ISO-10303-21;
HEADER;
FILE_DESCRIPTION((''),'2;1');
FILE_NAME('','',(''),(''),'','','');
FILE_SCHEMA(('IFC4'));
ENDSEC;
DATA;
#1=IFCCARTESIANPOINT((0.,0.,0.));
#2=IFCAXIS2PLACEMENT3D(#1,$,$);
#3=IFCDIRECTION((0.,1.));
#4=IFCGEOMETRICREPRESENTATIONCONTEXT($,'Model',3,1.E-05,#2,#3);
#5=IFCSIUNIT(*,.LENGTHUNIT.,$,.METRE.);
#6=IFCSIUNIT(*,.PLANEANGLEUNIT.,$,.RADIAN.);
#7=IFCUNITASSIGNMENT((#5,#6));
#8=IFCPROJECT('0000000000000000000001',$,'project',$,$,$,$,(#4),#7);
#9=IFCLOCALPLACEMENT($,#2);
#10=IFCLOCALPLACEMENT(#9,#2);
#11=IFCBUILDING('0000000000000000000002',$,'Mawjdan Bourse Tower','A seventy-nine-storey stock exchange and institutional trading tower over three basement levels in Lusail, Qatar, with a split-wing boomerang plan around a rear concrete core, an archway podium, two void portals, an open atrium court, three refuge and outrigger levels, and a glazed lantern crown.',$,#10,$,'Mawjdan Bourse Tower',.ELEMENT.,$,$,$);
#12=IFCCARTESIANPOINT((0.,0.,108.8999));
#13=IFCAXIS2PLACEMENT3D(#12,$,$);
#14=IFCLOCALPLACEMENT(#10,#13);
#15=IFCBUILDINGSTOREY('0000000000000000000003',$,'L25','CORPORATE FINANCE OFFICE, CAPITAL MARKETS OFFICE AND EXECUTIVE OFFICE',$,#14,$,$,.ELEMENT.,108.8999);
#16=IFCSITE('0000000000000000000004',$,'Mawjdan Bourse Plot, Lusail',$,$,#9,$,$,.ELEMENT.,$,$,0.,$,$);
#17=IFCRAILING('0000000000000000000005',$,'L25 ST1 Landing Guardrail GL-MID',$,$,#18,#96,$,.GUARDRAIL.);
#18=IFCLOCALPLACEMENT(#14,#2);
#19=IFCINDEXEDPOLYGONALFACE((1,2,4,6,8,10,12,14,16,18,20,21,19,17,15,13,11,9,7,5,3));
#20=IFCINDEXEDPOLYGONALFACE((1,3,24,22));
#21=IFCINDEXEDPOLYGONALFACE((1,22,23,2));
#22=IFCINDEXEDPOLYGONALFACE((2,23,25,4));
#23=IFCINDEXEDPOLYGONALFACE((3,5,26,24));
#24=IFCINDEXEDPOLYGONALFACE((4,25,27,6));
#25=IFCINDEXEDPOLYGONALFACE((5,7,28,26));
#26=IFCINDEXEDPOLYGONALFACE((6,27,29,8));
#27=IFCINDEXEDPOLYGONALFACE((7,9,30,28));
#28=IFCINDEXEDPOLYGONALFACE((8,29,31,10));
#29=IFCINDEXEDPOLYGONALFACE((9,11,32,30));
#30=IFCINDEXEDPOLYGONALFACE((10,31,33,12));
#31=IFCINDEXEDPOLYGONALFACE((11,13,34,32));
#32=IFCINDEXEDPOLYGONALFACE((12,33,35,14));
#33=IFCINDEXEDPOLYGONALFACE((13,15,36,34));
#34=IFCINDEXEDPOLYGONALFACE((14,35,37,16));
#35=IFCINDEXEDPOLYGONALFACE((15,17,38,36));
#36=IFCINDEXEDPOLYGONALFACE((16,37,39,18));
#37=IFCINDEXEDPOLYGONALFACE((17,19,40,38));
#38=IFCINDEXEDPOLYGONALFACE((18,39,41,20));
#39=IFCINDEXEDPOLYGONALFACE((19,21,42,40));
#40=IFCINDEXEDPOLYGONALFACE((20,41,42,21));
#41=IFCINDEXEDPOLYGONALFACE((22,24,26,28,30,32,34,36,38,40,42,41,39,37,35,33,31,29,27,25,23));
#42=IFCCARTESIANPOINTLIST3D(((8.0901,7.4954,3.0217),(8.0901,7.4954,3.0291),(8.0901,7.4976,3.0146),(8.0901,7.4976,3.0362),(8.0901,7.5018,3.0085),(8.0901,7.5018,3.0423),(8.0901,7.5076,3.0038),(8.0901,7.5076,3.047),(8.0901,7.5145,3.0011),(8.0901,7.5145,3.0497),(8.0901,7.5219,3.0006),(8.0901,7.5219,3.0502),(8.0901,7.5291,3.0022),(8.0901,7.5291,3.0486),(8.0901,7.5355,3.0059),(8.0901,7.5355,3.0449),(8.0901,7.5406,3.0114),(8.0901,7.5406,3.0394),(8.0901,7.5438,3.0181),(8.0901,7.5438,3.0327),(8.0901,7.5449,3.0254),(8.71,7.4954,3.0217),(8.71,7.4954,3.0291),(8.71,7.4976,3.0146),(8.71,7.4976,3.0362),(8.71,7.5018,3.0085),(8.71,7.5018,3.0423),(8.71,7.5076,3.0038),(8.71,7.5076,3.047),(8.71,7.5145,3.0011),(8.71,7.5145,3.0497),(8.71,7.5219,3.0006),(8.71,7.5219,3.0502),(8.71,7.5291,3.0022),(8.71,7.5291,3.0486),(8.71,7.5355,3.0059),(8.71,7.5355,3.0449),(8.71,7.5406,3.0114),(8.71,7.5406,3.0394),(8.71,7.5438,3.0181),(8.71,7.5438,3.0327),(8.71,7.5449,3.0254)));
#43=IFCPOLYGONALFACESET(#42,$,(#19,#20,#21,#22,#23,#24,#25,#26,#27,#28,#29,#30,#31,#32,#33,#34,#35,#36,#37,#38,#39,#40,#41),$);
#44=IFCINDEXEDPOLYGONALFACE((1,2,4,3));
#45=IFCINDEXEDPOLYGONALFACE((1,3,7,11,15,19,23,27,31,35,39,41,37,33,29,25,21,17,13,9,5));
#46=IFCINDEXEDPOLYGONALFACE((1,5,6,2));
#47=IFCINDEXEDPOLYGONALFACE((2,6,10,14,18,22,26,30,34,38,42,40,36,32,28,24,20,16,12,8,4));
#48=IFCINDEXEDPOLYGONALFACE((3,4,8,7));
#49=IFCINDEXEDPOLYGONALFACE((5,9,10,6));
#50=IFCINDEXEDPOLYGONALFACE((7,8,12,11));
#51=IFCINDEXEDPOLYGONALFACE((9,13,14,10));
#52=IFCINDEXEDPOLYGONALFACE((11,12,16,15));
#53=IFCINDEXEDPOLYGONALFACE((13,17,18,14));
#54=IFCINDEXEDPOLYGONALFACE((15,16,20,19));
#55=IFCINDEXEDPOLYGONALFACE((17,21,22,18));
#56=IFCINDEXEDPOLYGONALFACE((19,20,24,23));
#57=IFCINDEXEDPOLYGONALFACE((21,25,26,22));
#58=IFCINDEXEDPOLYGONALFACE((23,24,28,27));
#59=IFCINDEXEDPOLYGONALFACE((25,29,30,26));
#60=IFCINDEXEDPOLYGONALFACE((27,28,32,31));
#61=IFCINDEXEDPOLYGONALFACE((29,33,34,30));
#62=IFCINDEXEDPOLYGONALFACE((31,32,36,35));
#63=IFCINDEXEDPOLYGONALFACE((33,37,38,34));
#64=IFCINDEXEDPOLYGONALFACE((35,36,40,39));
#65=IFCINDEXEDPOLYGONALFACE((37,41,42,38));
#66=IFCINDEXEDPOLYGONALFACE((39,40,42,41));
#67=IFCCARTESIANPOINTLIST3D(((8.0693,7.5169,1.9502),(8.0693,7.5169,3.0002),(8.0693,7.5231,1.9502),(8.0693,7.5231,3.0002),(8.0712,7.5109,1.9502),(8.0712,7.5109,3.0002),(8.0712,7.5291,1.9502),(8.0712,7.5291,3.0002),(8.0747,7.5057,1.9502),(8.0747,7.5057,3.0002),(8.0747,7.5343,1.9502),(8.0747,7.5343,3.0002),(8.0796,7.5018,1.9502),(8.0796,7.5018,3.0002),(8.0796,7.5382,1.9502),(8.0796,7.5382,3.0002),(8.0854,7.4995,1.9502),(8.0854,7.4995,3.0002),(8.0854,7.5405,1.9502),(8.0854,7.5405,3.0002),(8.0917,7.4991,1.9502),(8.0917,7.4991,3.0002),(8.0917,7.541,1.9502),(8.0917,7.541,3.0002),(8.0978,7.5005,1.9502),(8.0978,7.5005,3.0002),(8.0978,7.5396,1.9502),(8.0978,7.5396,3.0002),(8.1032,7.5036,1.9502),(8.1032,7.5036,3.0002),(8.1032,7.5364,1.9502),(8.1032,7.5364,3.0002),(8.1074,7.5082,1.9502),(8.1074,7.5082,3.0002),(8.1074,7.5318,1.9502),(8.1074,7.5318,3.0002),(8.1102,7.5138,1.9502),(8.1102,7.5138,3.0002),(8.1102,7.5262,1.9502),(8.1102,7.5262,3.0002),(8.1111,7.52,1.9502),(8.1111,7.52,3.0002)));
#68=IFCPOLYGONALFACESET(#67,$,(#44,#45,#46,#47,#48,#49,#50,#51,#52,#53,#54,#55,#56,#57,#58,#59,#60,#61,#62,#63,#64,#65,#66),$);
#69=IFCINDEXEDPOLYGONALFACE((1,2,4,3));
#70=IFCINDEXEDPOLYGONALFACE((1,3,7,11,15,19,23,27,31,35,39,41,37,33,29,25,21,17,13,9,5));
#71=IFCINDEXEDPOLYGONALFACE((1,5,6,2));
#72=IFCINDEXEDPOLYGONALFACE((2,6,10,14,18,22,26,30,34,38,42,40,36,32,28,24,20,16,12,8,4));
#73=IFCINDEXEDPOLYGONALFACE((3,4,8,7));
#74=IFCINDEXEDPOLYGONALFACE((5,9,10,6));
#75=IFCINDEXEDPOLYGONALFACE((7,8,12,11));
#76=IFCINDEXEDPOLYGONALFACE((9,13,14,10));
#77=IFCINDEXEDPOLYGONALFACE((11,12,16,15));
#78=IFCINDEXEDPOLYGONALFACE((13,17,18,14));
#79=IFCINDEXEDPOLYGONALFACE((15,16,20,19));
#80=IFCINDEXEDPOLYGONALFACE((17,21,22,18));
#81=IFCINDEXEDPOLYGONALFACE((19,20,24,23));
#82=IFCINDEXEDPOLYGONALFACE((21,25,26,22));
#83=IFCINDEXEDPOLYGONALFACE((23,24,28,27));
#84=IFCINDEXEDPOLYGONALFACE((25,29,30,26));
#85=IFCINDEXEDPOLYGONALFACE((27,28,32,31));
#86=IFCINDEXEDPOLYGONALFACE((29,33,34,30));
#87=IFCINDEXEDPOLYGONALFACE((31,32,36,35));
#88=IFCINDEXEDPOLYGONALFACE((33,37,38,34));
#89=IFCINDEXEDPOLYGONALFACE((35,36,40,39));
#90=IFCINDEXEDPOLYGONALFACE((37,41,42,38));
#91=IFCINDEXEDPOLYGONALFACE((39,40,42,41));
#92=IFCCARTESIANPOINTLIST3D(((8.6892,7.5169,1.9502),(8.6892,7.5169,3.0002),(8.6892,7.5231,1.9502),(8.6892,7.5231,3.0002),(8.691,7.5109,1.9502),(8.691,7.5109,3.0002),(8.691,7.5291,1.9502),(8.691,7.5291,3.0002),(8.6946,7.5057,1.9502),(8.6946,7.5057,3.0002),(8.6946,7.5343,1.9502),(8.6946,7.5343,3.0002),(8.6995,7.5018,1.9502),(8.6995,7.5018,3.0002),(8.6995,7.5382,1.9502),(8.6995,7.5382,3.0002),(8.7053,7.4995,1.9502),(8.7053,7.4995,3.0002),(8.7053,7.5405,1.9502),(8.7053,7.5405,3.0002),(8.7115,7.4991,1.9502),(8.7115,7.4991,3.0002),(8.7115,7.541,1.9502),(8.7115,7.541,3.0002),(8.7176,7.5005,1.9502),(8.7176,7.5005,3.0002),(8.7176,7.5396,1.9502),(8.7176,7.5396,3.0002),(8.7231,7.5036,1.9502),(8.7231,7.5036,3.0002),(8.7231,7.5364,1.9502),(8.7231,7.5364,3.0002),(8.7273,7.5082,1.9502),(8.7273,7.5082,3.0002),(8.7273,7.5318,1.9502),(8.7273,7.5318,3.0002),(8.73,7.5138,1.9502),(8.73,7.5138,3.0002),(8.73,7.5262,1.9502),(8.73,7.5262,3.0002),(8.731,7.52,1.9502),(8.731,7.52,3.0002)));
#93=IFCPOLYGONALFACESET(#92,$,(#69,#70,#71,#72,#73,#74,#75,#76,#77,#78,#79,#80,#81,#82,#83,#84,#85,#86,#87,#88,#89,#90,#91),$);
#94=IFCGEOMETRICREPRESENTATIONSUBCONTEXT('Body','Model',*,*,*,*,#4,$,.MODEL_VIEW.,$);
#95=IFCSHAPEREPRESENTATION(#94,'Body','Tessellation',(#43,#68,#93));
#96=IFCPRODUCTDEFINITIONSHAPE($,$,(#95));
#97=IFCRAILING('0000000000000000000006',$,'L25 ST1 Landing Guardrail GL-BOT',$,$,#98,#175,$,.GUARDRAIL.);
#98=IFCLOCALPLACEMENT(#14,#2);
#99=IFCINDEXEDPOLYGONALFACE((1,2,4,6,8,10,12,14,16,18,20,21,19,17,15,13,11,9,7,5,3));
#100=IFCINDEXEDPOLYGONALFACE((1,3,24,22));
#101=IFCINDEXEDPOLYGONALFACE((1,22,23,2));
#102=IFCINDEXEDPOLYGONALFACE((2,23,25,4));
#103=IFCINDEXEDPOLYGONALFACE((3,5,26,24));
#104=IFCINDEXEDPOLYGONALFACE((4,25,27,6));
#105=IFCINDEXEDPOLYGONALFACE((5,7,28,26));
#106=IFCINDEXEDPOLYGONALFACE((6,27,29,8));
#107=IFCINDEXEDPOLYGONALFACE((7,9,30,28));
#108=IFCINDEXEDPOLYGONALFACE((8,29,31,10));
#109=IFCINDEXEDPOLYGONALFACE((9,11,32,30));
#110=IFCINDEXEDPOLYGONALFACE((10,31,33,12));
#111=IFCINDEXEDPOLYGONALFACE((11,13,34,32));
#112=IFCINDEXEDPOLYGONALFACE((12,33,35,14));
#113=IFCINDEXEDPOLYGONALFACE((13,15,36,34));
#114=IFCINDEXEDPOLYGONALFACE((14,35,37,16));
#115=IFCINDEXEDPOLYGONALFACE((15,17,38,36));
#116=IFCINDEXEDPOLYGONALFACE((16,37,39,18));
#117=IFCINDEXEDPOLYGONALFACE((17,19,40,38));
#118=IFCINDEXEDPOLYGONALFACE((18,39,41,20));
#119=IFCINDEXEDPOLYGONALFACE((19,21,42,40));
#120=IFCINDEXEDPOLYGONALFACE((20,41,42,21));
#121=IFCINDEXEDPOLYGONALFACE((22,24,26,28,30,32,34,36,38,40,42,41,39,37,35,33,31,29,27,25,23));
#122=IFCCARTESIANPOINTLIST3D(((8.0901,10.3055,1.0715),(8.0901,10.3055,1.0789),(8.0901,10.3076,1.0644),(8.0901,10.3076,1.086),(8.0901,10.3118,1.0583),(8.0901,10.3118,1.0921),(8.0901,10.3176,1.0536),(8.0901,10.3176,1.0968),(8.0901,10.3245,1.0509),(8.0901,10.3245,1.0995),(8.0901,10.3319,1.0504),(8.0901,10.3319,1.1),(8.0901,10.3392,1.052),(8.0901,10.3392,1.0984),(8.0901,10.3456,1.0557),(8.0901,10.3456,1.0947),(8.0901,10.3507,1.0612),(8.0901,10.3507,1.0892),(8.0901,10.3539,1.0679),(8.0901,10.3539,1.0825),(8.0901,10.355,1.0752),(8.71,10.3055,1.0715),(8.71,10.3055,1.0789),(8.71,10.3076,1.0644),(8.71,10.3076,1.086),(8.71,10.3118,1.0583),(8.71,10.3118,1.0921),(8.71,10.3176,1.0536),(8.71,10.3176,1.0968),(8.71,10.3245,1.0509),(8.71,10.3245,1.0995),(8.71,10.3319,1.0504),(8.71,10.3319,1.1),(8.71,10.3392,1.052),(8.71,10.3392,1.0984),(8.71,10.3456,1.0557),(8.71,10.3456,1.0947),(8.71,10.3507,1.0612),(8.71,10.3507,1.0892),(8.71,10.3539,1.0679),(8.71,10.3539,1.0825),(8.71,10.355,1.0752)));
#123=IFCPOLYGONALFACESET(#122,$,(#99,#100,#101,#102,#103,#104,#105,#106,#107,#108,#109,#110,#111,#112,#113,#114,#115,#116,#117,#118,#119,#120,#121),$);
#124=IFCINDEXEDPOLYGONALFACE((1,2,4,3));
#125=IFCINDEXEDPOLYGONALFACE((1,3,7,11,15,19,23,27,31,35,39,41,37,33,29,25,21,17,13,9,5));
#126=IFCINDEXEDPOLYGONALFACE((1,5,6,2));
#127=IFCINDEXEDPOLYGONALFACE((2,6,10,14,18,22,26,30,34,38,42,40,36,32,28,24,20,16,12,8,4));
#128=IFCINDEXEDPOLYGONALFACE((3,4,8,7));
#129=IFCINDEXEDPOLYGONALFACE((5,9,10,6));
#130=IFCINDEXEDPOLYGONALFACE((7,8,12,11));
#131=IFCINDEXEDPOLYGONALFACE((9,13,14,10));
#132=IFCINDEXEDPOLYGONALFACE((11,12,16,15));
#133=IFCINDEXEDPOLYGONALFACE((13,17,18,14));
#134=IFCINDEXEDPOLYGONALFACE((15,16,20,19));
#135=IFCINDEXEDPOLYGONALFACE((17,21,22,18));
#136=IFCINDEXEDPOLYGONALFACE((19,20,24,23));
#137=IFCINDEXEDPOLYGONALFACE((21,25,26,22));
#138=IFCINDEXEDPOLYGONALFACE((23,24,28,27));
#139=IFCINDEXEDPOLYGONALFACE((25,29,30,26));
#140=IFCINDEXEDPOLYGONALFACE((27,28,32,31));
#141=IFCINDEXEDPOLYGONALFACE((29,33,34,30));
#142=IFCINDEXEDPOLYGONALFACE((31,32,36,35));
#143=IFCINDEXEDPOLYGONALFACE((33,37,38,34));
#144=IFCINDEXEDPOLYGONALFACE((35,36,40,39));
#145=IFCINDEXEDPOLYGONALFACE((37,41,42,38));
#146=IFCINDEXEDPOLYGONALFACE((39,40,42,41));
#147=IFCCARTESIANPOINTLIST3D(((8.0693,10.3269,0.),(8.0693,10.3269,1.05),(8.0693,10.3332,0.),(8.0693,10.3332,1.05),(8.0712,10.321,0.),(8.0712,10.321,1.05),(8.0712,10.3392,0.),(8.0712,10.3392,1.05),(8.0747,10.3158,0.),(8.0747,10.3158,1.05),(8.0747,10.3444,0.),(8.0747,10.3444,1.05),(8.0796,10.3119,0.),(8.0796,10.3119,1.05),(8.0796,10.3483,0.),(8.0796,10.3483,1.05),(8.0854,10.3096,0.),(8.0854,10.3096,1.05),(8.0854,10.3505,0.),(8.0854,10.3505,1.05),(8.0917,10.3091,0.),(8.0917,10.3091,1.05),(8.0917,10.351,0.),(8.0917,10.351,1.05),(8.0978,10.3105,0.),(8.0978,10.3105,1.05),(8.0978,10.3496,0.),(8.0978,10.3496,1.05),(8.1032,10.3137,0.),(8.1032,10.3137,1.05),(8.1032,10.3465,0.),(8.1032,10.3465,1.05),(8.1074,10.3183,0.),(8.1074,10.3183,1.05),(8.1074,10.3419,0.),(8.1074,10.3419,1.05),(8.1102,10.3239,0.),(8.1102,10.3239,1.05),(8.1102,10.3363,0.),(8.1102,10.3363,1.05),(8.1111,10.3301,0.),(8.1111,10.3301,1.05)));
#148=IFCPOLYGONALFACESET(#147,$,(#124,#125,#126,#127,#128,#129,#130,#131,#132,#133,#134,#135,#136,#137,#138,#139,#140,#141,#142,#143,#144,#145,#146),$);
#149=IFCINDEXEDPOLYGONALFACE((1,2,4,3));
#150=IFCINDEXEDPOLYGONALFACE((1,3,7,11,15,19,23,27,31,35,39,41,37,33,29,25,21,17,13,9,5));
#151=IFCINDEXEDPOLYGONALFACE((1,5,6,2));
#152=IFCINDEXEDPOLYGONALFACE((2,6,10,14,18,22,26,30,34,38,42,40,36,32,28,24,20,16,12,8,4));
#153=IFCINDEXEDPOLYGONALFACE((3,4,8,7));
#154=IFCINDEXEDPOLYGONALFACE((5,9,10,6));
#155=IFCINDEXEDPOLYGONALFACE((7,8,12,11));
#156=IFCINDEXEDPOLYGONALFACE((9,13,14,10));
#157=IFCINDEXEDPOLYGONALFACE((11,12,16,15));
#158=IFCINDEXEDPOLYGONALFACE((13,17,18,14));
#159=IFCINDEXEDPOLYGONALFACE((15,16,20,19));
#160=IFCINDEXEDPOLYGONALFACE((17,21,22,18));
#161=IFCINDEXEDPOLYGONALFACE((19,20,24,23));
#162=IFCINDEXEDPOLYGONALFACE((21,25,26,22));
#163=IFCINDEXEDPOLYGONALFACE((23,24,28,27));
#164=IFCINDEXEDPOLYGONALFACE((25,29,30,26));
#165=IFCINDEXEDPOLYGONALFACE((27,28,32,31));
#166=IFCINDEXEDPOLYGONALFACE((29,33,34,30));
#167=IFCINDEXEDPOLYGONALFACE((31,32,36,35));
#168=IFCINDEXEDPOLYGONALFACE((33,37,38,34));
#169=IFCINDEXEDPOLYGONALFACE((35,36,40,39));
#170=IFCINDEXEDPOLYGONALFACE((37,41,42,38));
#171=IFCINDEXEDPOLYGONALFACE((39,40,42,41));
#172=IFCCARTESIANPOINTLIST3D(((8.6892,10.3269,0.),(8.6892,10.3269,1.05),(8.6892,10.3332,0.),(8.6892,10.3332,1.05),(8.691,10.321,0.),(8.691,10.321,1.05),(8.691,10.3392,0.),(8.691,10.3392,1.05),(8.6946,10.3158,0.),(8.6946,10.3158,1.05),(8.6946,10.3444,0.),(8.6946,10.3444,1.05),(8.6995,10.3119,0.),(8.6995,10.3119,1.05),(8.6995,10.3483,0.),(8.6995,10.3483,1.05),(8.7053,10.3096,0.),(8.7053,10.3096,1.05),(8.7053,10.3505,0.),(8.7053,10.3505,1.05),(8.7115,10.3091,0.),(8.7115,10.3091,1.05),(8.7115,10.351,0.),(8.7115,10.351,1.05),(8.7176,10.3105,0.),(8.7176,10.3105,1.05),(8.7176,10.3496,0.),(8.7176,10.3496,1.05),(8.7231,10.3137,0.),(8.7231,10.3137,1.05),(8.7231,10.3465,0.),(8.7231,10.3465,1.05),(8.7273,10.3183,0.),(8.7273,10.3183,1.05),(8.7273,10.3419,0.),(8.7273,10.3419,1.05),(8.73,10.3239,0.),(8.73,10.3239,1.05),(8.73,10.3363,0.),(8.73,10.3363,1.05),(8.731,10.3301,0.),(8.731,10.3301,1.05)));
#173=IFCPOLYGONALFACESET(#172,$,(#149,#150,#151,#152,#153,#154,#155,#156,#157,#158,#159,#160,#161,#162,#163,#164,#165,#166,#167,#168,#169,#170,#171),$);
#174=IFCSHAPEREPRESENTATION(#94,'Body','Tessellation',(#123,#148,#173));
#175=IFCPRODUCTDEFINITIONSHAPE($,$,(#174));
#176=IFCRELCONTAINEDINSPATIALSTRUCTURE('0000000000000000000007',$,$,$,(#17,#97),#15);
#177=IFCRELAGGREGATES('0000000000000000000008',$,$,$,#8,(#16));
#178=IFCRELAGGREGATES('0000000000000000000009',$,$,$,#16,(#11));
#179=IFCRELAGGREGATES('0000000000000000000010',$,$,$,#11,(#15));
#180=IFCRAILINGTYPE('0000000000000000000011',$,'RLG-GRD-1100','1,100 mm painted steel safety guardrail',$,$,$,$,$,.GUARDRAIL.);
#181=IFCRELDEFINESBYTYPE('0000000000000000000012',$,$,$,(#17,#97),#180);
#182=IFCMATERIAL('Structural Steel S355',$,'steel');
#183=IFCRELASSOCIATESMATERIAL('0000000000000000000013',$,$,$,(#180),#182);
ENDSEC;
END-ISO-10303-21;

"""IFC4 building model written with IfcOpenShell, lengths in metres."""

from ifc_helpers import new_model, si_unit, direction, frame, origin, origin_2d, place, context, subcontext, project, spatial, circle, extrude, material, type_object, element, save


model = new_model("IFC4")

# Units and contexts
model_context = context("Model", 3, precision=1e-05, world=origin(), true_north=direction((0.0, 1.0)))
body_context = subcontext(model_context, "Body", "Model", "MODEL_VIEW")
ifc_project = project(units=[si_unit("LENGTHUNIT", "METRE"), si_unit("PLANEANGLEUNIT", "RADIAN")], contexts=[model_context])

# Site, building, storey
site_placement = place(None, origin())
site = spatial("IfcSite", under=ifc_project, at=site_placement, Name="Mawjdan Bourse Plot, Lusail", CompositionType="ELEMENT", RefElevation=0.0)
building_placement = place(site_placement, origin())
building = spatial("IfcBuilding", under=site, at=building_placement, Name="Mawjdan Bourse Tower", Description="A seventy-nine-storey stock exchange and institutional trading tower over three basement levels in Lusail, Qatar, with a split-wing boomerang plan around a rear concrete core, an archway podium, two void portals, an open atrium court, three refuge and outrigger levels, and a glazed lantern crown.", LongName="Mawjdan Bourse Tower", CompositionType="ELEMENT")
storey_placement = place(building_placement, frame((0.0, 0.0, 108.8999)))
storey = spatial("IfcBuildingStorey", under=building, at=storey_placement, Name="L25", Description="CORPORATE FINANCE OFFICE, CAPITAL MARKETS OFFICE AND EXECUTIVE OFFICE", CompositionType="ELEMENT", Elevation=108.8999)

# Railings
ifc_material_1 = material(Name="Structural Steel S355", Category="steel")
railing_type_1 = type_object("IfcRailingType", Name="RLG-GRD-1100", Description="1,100 mm painted steel safety guardrail", PredefinedType="GUARDRAIL", material=ifc_material_1)
for number, where, name in (
    (1, (8.0901, 7.52, 1.9502), "L25 ST1 Landing Guardrail GL-MID"),
    (2, (8.0901, 10.3301, 0.0), "L25 ST1 Landing Guardrail GL-BOT"),
):
    element("IfcRailing", number, at=place(storey_placement, frame(where)), inside=storey, type_object=railing_type_1, Name=name, PredefinedType="GUARDRAIL", context=body_context, shape_type="SweptSolid", body=[
        extrude(circle(Radius=0.0249, at=origin_2d()), frame((0.0, 0.0, 1.0752), z_axis=(1.0, 0.0, 0.0), x_axis=(0.0, 1.0, 0.0)), (0.0, 0.0, 1.0), 0.6199),
        extrude(circle(Radius=0.021, at=origin_2d()), origin(), (0.0, 0.0, 1.0), 1.05),
        extrude(circle(Radius=0.021, at=origin_2d()), frame((0.6199, 0.0, 0.0)), (0.0, 0.0, 1.0), 1.05),
    ])

save(model, "model.ifc")
